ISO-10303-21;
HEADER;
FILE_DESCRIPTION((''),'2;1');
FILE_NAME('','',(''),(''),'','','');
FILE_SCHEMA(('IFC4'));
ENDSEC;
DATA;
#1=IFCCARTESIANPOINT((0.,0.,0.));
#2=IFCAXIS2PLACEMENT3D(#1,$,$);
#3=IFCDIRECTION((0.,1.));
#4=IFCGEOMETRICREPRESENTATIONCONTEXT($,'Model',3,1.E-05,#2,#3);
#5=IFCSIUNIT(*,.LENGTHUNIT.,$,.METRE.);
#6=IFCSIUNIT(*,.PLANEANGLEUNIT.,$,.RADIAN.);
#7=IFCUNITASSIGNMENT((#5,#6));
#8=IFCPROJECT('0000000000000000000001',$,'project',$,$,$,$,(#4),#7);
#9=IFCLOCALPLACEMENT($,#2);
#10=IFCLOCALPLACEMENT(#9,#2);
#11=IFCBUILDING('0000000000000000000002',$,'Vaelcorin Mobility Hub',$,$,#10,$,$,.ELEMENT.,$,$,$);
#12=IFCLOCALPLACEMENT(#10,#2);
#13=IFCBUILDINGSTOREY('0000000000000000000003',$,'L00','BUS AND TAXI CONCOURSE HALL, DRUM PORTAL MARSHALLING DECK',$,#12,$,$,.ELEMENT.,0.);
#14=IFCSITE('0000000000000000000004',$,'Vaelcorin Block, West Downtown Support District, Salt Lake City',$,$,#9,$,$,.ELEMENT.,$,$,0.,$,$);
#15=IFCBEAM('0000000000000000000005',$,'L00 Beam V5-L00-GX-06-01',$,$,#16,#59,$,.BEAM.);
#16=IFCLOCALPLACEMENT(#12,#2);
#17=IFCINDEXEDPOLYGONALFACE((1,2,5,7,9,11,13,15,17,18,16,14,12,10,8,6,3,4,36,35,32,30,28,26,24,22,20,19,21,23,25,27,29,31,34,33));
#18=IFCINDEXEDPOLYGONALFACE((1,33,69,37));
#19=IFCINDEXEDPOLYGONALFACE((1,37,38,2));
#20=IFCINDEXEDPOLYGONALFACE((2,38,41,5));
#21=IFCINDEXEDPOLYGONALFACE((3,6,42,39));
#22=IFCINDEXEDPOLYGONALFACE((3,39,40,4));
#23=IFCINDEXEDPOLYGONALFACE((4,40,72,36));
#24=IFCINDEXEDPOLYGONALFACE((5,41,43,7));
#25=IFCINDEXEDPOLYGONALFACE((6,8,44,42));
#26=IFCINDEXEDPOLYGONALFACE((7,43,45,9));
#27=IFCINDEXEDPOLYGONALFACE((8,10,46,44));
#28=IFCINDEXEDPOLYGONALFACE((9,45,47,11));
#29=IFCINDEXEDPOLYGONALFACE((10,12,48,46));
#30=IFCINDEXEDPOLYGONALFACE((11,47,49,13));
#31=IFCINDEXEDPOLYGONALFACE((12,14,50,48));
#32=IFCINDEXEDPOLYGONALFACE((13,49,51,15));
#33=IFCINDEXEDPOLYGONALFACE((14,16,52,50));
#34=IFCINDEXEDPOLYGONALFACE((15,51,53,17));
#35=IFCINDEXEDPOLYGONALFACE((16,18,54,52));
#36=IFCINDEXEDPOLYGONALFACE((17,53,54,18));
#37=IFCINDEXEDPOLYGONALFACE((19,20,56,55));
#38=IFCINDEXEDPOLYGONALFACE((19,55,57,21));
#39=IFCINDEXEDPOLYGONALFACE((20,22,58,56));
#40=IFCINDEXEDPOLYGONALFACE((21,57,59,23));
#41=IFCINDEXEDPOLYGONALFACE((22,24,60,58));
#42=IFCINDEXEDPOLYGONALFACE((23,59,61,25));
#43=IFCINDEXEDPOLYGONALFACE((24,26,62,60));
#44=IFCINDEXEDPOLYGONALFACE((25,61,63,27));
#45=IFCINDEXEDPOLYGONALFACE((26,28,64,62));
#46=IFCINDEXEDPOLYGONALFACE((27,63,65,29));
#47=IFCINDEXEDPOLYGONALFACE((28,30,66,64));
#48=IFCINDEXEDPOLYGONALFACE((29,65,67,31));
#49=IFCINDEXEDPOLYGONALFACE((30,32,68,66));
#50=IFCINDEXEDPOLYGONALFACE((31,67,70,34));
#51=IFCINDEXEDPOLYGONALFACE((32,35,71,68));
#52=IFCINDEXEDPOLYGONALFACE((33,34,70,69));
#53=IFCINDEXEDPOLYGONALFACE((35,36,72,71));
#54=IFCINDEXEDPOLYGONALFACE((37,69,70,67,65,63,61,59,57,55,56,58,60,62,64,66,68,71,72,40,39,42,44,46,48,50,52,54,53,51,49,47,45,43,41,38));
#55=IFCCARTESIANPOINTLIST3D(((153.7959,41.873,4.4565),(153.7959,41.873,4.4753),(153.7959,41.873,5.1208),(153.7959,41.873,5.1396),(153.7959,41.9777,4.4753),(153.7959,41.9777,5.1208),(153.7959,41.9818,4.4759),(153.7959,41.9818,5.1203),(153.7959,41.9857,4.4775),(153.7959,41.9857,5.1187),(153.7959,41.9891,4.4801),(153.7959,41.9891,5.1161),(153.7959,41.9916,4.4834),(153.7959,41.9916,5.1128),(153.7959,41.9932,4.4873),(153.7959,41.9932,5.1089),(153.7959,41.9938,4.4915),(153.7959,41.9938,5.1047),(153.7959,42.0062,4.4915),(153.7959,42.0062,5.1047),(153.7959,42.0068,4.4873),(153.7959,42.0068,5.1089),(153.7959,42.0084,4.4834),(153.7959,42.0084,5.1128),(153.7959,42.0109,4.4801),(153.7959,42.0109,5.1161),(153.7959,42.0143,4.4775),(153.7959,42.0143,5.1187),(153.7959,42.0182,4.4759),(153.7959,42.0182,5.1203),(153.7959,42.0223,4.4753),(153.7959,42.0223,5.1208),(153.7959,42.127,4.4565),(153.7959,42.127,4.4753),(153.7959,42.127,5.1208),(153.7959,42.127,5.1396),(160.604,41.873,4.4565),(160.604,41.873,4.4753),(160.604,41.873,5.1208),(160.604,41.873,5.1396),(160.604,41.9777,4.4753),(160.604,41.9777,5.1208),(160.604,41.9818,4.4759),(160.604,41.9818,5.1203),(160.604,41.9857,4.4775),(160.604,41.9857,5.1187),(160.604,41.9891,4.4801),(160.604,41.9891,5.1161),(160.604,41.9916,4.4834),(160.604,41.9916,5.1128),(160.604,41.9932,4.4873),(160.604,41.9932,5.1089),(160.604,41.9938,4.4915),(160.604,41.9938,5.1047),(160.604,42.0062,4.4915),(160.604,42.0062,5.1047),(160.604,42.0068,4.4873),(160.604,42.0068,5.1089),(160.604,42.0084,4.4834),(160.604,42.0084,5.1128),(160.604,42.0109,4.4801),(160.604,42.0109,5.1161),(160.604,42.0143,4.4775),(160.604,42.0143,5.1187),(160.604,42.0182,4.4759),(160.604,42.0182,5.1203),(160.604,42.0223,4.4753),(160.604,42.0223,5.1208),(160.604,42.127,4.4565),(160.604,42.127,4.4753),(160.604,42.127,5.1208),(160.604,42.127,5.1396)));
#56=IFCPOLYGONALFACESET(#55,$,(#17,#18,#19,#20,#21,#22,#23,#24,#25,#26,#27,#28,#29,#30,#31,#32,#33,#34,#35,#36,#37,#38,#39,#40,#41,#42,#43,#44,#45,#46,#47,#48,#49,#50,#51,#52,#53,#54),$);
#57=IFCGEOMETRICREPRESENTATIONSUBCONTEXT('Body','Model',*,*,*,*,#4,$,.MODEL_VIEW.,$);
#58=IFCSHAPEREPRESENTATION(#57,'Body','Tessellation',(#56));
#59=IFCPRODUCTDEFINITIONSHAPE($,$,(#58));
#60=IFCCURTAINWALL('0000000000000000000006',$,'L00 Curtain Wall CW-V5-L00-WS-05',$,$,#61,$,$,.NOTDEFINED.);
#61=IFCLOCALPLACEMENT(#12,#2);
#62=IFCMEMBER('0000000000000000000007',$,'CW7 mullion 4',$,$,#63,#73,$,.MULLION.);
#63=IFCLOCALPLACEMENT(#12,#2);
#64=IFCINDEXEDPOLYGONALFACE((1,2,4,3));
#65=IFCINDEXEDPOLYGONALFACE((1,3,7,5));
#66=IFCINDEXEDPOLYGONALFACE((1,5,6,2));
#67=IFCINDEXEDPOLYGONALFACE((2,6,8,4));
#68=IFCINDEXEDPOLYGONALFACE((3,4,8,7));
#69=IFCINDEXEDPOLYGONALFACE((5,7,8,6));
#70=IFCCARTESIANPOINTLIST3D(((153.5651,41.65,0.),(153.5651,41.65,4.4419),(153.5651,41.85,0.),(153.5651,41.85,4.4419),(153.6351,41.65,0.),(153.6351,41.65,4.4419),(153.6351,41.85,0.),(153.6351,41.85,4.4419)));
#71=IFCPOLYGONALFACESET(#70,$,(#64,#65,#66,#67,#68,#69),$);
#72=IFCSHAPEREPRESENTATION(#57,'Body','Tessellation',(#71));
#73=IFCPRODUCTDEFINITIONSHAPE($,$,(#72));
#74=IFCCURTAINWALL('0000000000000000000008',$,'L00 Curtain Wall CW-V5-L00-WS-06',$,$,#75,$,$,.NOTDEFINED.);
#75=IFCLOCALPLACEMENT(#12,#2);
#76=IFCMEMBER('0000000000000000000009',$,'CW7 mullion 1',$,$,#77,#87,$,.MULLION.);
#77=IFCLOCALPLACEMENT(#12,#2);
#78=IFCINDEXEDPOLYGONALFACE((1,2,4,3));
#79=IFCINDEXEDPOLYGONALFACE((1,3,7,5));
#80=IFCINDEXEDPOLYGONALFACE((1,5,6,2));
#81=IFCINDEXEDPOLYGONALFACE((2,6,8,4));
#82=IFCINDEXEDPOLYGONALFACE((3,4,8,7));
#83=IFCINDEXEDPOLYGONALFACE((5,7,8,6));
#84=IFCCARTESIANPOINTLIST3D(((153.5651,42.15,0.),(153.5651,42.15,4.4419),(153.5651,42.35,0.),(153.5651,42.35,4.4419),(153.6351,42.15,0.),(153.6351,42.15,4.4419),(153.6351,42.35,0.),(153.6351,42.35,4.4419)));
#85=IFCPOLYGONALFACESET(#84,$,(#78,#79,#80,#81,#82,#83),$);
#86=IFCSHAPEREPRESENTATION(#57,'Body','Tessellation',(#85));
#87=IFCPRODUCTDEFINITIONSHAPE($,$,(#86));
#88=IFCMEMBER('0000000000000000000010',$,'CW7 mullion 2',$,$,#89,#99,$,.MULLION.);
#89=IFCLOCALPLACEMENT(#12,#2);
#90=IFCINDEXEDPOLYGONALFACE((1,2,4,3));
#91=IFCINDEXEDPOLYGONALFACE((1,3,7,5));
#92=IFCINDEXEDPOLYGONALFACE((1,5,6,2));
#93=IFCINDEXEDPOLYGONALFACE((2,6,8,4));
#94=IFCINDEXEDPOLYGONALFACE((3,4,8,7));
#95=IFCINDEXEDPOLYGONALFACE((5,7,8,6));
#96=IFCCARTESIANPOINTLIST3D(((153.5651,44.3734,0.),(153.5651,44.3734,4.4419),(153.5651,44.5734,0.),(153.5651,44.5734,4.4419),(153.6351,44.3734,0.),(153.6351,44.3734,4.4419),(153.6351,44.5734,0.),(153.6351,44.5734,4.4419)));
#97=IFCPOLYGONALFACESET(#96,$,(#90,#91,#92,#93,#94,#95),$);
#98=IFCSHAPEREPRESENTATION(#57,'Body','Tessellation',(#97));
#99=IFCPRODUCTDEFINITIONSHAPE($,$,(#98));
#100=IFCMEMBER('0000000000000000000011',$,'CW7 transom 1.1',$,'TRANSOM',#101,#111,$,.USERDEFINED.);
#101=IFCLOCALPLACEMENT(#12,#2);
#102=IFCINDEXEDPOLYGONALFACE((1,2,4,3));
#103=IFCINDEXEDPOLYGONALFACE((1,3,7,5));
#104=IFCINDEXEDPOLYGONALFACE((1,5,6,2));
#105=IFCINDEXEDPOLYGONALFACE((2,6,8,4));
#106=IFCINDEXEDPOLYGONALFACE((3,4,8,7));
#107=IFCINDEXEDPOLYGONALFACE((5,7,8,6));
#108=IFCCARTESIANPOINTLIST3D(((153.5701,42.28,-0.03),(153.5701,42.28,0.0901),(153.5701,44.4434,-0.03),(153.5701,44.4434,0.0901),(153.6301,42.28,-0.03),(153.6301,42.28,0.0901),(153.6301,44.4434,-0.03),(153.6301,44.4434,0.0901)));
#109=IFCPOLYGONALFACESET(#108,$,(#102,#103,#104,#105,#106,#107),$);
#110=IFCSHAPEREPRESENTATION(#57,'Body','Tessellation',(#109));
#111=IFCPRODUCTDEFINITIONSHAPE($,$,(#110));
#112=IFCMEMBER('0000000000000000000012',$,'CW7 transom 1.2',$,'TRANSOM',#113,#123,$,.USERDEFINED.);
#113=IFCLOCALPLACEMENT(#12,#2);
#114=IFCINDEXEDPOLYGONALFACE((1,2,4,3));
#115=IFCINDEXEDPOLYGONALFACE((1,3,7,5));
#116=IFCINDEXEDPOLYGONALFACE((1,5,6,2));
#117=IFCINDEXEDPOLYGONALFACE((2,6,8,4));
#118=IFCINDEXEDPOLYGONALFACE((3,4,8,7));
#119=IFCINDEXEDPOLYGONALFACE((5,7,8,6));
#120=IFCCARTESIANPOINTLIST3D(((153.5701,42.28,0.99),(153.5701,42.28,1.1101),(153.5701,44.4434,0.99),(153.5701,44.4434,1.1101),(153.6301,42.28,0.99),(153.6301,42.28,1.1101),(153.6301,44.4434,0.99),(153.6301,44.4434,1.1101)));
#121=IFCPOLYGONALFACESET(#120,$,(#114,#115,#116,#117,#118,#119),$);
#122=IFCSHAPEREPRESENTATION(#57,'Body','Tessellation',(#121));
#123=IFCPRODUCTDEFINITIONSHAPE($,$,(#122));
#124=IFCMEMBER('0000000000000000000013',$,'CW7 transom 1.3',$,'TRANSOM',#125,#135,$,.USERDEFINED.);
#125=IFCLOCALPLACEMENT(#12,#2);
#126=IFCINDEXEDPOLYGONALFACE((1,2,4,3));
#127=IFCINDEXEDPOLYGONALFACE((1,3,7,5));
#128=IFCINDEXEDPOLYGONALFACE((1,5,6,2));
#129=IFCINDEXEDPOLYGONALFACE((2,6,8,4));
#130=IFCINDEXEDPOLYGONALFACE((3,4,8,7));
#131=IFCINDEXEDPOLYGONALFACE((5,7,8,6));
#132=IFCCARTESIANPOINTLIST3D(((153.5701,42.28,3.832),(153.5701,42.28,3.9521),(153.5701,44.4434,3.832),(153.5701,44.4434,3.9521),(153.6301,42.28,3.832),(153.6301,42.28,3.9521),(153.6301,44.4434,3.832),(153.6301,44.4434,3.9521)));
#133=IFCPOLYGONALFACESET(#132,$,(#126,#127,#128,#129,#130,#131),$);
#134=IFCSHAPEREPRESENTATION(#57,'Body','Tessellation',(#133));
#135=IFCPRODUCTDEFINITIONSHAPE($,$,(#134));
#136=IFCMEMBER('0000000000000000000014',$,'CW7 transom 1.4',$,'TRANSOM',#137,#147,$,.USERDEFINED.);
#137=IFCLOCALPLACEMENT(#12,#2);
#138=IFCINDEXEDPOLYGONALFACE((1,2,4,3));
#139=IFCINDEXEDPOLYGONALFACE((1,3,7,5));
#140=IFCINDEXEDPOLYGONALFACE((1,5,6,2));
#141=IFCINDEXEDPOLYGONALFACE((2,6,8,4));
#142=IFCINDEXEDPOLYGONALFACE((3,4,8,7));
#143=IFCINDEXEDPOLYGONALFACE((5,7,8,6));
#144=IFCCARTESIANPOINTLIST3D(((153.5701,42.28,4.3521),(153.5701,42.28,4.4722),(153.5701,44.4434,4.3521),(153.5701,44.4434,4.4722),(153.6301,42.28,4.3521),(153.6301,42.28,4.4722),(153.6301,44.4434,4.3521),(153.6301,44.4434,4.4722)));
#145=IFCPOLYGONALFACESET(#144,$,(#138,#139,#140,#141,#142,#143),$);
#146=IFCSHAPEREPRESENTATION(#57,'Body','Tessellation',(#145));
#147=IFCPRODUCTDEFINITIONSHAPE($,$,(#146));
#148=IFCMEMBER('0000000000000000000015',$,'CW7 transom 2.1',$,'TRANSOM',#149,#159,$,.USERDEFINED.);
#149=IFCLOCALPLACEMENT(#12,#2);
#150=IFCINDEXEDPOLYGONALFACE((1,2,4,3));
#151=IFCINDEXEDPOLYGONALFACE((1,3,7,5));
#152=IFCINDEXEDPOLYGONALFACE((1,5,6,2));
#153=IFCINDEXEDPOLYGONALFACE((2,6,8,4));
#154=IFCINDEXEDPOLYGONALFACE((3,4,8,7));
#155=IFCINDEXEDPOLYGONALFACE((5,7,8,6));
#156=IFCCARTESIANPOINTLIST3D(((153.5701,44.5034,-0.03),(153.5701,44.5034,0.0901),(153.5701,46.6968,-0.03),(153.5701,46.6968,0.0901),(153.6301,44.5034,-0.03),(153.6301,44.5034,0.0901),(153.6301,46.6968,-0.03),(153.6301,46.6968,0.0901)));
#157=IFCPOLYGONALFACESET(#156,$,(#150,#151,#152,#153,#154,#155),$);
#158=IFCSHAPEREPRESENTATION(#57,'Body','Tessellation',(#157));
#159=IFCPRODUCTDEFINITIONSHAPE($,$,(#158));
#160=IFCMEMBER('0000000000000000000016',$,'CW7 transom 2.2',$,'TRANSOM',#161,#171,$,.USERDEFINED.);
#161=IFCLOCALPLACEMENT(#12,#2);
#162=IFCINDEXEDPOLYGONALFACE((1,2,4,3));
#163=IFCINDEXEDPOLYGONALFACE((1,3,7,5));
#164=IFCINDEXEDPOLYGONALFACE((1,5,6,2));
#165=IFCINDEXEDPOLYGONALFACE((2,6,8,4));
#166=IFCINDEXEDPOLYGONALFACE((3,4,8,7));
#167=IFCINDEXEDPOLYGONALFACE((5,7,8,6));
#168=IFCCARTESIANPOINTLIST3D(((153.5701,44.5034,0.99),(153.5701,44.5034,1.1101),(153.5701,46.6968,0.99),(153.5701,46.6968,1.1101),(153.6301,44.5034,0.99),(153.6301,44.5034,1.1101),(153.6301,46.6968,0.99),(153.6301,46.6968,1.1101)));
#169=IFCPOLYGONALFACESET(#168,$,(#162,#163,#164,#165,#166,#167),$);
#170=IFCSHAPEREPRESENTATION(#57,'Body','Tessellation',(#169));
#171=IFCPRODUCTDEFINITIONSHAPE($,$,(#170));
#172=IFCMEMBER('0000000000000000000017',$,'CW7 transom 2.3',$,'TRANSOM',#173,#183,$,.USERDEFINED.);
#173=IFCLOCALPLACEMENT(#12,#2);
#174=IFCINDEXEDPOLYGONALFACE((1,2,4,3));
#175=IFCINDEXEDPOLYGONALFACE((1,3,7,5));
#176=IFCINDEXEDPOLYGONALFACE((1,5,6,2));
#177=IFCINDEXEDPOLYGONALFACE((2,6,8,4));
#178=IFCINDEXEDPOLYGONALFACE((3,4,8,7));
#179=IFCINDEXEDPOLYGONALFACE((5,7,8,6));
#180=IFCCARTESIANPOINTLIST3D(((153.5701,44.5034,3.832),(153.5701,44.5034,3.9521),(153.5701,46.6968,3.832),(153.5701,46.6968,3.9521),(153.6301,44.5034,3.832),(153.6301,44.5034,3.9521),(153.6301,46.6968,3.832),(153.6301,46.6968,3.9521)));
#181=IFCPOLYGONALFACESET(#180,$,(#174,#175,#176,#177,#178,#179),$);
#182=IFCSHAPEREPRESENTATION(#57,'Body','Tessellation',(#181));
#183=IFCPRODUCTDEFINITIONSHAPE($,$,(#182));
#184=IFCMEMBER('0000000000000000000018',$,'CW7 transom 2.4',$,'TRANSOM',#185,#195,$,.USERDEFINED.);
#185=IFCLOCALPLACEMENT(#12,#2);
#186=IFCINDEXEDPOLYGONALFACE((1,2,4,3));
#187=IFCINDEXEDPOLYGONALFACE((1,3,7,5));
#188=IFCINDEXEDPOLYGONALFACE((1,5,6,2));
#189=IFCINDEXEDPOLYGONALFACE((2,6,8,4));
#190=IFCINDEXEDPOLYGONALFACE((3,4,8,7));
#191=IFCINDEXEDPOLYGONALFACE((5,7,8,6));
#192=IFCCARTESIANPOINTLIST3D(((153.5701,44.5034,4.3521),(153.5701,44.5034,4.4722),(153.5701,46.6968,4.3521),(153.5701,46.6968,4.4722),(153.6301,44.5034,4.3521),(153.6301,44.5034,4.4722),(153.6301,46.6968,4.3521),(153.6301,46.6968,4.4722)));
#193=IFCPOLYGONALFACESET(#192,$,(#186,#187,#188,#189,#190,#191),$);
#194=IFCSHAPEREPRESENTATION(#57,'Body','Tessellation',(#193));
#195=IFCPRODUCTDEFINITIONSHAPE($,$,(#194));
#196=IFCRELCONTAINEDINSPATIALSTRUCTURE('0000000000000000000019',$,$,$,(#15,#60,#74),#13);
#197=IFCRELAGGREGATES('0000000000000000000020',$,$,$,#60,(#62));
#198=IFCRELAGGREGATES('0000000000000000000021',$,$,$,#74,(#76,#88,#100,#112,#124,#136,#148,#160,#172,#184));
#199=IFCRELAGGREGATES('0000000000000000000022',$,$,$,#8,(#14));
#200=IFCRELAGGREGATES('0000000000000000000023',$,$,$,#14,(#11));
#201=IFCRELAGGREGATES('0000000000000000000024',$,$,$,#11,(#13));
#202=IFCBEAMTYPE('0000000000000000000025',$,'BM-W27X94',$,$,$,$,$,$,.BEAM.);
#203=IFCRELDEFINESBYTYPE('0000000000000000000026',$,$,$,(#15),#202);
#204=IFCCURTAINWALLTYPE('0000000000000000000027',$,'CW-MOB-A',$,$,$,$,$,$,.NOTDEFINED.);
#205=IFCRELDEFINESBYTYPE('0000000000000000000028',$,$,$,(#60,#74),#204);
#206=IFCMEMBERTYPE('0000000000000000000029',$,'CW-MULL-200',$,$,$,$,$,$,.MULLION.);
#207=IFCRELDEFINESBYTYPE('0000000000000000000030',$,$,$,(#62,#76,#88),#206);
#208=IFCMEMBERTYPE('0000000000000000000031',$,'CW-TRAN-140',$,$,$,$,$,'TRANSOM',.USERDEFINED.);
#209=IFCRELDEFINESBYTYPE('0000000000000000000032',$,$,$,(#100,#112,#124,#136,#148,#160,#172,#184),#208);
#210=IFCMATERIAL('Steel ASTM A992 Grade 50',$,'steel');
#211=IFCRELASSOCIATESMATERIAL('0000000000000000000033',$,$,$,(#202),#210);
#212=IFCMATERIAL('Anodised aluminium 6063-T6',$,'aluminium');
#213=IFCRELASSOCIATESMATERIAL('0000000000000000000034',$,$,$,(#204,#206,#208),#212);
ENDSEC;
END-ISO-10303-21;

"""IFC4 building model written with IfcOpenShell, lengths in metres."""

from ifc_helpers import new_model, si_unit, direction, frame, origin, origin_2d, place, context, subcontext, project, spatial, rectangle, i_section, extrude, material, material_profile, profile_set, type_object, element, aggregate, save


model = new_model("IFC4")

# Units and contexts
model_context = context("Model", 3, precision=1e-05, world=origin(), true_north=direction((0.0, 1.0)))
body_context = subcontext(model_context, "Body", "Model", "MODEL_VIEW")
ifc_project = project(units=[si_unit("LENGTHUNIT", "METRE"), si_unit("PLANEANGLEUNIT", "RADIAN")], contexts=[model_context])

# Site, building, storey
site_placement = place(None, origin())
site = spatial("IfcSite", under=ifc_project, at=site_placement, Name="Vaelcorin Block, West Downtown Support District, Salt Lake City", CompositionType="ELEMENT", RefElevation=0.0)
building_placement = place(site_placement, origin())
building = spatial("IfcBuilding", under=site, at=building_placement, Name="Vaelcorin Mobility Hub", CompositionType="ELEMENT")
storey_placement = place(building_placement, origin())
storey = spatial("IfcBuildingStorey", under=building, at=storey_placement, Name="L00", Description="BUS AND TAXI CONCOURSE HALL, DRUM PORTAL MARSHALLING DECK", CompositionType="ELEMENT", Elevation=0.0)

# Shared definitions
ifc_material_1 = material(Name="Steel ASTM A992 Grade 50", Category="steel")

# Beam
ifc_material_profile_1 = material_profile(ifc_material_1, i_section(OverallWidth=0.2539, OverallDepth=0.6831, WebThickness=0.0125, FlangeThickness=0.0188, FilletRadius=0.0161, at=origin_2d()), Name="W27X94")
ifc_profile_set_1 = profile_set([ifc_material_profile_1], Name="Steel ASTM A992 Grade 50")
beam_type_1 = type_object("IfcBeamType", Name="BM-W27X94", PredefinedType="BEAM", material=ifc_profile_set_1)
beam_1_placement = place(storey_placement, frame((153.7959, 42.0, 4.7981), z_axis=(1.0, 0.0, 0.0), x_axis=(0.0, 1.0, 0.0)))
element("IfcBeam", 1, at=beam_1_placement, inside=storey, type_object=beam_type_1, Name="L00 Beam V5-L00-GX-06-01", PredefinedType="BEAM", context=body_context, shape_type="SweptSolid", body=[
    extrude(i_section(OverallWidth=0.2539, OverallDepth=0.6831, WebThickness=0.0125, FlangeThickness=0.0188, FilletRadius=0.0161, at=origin_2d()), origin(), (0.0, 0.0, 1.0), 6.8081),
])

# Curtain wall, member
ifc_material_2 = material(Name="Anodised aluminium 6063-T6", Category="aluminium")
curtain_wall_type = type_object("IfcCurtainWallType", Name="CW-MOB-A", PredefinedType="NOTDEFINED", material=ifc_material_2)
curtain_wall_1_placement = place(storey_placement, origin())
curtain_wall_1 = element("IfcCurtainWall", 2, at=curtain_wall_1_placement, inside=storey, type_object=curtain_wall_type, Name="L00 Curtain Wall CW-V5-L00-WS-05", PredefinedType="NOTDEFINED")
ifc_material_profile_2 = material_profile(ifc_material_2, rectangle(XDim=0.0701, YDim=0.2, at=origin_2d()), Name="ALU-M70X200")
ifc_profile_set_2 = profile_set([ifc_material_profile_2], Name="Anodised aluminium 6063-T6")
member_type_1 = type_object("IfcMemberType", Name="CW-MULL-200", PredefinedType="MULLION", material=ifc_profile_set_2)
member_1_placement = place(storey_placement, frame((153.6001, 41.75, 0.0), z_axis=(0.0, 0.0, 1.0), x_axis=(-1.0, 0.0, 0.0)))
member_1 = element("IfcMember", 3, at=member_1_placement, type_object=member_type_1, Name="CW7 mullion 4", PredefinedType="MULLION", context=body_context, shape_type="SweptSolid", body=[
    extrude(rectangle(XDim=0.0701, YDim=0.2, at=origin_2d()), origin(), (0.0, 0.0, 1.0), 4.4419),
])

# Curtain wall, members
curtain_wall_2_placement = place(storey_placement, origin())
curtain_wall_2 = element("IfcCurtainWall", 4, at=curtain_wall_2_placement, inside=storey, type_object=curtain_wall_type, Name="L00 Curtain Wall CW-V5-L00-WS-06", PredefinedType="NOTDEFINED")
member_2_placement = place(storey_placement, frame((153.6001, 42.25, 0.0), z_axis=(0.0, 0.0, 1.0), x_axis=(-1.0, 0.0, 0.0)))
member_2 = element("IfcMember", 5, at=member_2_placement, type_object=member_type_1, Name="CW7 mullion 1", PredefinedType="MULLION", context=body_context, shape_type="SweptSolid", body=[
    extrude(rectangle(XDim=0.0701, YDim=0.2, at=origin_2d()), origin(), (0.0, 0.0, 1.0), 4.4419),
])
member_3_placement = place(storey_placement, frame((153.6001, 44.4734, 0.0), z_axis=(0.0, 0.0, 1.0), x_axis=(-1.0, 0.0, 0.0)))
member_3 = element("IfcMember", 6, at=member_3_placement, type_object=member_type_1, Name="CW7 mullion 2", PredefinedType="MULLION", context=body_context, shape_type="SweptSolid", body=[
    extrude(rectangle(XDim=0.0701, YDim=0.2, at=origin_2d()), origin(), (0.0, 0.0, 1.0), 4.4419),
])
ifc_material_profile_3 = material_profile(ifc_material_2, rectangle(XDim=0.0601, YDim=0.1201, at=origin_2d()), Name="ALU-T60X120")
ifc_profile_set_3 = profile_set([ifc_material_profile_3], Name="Anodised aluminium 6063-T6")
member_type_2 = type_object("IfcMemberType", Name="CW-TRAN-140", ElementType="TRANSOM", PredefinedType="USERDEFINED", material=ifc_profile_set_3)
member_4_placement = place(storey_placement, frame((153.6001, 42.28, 0.03), z_axis=(0.0, 1.0, 0.0), x_axis=(-1.0, 0.0, 0.0)))
member_4 = element("IfcMember", 7, at=member_4_placement, type_object=member_type_2, Name="CW7 transom 1.1", ObjectType="TRANSOM", PredefinedType="USERDEFINED", context=body_context, shape_type="SweptSolid", body=[
    extrude(rectangle(XDim=0.0601, YDim=0.1201, at=origin_2d()), origin(), (0.0, 0.0, 1.0), 2.1633),
])
member_5_placement = place(storey_placement, frame((153.6001, 42.28, 1.05), z_axis=(0.0, 1.0, 0.0), x_axis=(-1.0, 0.0, 0.0)))
member_5 = element("IfcMember", 8, at=member_5_placement, type_object=member_type_2, Name="CW7 transom 1.2", ObjectType="TRANSOM", PredefinedType="USERDEFINED", context=body_context, shape_type="SweptSolid", body=[
    extrude(rectangle(XDim=0.0601, YDim=0.1201, at=origin_2d()), origin(), (0.0, 0.0, 1.0), 2.1633),
])
member_6_placement = place(storey_placement, frame((153.6001, 42.28, 3.8921), z_axis=(0.0, 1.0, 0.0), x_axis=(-1.0, 0.0, 0.0)))
member_6 = element("IfcMember", 9, at=member_6_placement, type_object=member_type_2, Name="CW7 transom 1.3", ObjectType="TRANSOM", PredefinedType="USERDEFINED", context=body_context, shape_type="SweptSolid", body=[
    extrude(rectangle(XDim=0.0601, YDim=0.1201, at=origin_2d()), origin(), (0.0, 0.0, 1.0), 2.1633),
])
member_7_placement = place(storey_placement, frame((153.6001, 42.28, 4.4121), z_axis=(0.0, 1.0, 0.0), x_axis=(-1.0, 0.0, 0.0)))
member_7 = element("IfcMember", 10, at=member_7_placement, type_object=member_type_2, Name="CW7 transom 1.4", ObjectType="TRANSOM", PredefinedType="USERDEFINED", context=body_context, shape_type="SweptSolid", body=[
    extrude(rectangle(XDim=0.0601, YDim=0.1201, at=origin_2d()), origin(), (0.0, 0.0, 1.0), 2.1633),
])
member_8_placement = place(storey_placement, frame((153.6001, 44.5034, 0.03), z_axis=(0.0, 1.0, 0.0), x_axis=(-1.0, 0.0, 0.0)))
member_8 = element("IfcMember", 11, at=member_8_placement, type_object=member_type_2, Name="CW7 transom 2.1", ObjectType="TRANSOM", PredefinedType="USERDEFINED", context=body_context, shape_type="SweptSolid", body=[
    extrude(rectangle(XDim=0.0601, YDim=0.1201, at=origin_2d()), origin(), (0.0, 0.0, 1.0), 2.1934),
])
member_9_placement = place(storey_placement, frame((153.6001, 44.5034, 1.05), z_axis=(0.0, 1.0, 0.0), x_axis=(-1.0, 0.0, 0.0)))
member_9 = element("IfcMember", 12, at=member_9_placement, type_object=member_type_2, Name="CW7 transom 2.2", ObjectType="TRANSOM", PredefinedType="USERDEFINED", context=body_context, shape_type="SweptSolid", body=[
    extrude(rectangle(XDim=0.0601, YDim=0.1201, at=origin_2d()), origin(), (0.0, 0.0, 1.0), 2.1934),
])
member_10_placement = place(storey_placement, frame((153.6001, 44.5034, 3.8921), z_axis=(0.0, 1.0, 0.0), x_axis=(-1.0, 0.0, 0.0)))
member_10 = element("IfcMember", 13, at=member_10_placement, type_object=member_type_2, Name="CW7 transom 2.3", ObjectType="TRANSOM", PredefinedType="USERDEFINED", context=body_context, shape_type="SweptSolid", body=[
    extrude(rectangle(XDim=0.0601, YDim=0.1201, at=origin_2d()), origin(), (0.0, 0.0, 1.0), 2.1934),
])
member_11_placement = place(storey_placement, frame((153.6001, 44.5034, 4.4121), z_axis=(0.0, 1.0, 0.0), x_axis=(-1.0, 0.0, 0.0)))
member_11 = element("IfcMember", 14, at=member_11_placement, type_object=member_type_2, Name="CW7 transom 2.4", ObjectType="TRANSOM", PredefinedType="USERDEFINED", context=body_context, shape_type="SweptSolid", body=[
    extrude(rectangle(XDim=0.0601, YDim=0.1201, at=origin_2d()), origin(), (0.0, 0.0, 1.0), 2.1934),
])

aggregate(curtain_wall_1, [member_1])
aggregate(curtain_wall_2, [member_2, member_3, member_4, member_5, member_6, member_7, member_8, member_9, member_10, member_11])

save(model, "model.ifc")
